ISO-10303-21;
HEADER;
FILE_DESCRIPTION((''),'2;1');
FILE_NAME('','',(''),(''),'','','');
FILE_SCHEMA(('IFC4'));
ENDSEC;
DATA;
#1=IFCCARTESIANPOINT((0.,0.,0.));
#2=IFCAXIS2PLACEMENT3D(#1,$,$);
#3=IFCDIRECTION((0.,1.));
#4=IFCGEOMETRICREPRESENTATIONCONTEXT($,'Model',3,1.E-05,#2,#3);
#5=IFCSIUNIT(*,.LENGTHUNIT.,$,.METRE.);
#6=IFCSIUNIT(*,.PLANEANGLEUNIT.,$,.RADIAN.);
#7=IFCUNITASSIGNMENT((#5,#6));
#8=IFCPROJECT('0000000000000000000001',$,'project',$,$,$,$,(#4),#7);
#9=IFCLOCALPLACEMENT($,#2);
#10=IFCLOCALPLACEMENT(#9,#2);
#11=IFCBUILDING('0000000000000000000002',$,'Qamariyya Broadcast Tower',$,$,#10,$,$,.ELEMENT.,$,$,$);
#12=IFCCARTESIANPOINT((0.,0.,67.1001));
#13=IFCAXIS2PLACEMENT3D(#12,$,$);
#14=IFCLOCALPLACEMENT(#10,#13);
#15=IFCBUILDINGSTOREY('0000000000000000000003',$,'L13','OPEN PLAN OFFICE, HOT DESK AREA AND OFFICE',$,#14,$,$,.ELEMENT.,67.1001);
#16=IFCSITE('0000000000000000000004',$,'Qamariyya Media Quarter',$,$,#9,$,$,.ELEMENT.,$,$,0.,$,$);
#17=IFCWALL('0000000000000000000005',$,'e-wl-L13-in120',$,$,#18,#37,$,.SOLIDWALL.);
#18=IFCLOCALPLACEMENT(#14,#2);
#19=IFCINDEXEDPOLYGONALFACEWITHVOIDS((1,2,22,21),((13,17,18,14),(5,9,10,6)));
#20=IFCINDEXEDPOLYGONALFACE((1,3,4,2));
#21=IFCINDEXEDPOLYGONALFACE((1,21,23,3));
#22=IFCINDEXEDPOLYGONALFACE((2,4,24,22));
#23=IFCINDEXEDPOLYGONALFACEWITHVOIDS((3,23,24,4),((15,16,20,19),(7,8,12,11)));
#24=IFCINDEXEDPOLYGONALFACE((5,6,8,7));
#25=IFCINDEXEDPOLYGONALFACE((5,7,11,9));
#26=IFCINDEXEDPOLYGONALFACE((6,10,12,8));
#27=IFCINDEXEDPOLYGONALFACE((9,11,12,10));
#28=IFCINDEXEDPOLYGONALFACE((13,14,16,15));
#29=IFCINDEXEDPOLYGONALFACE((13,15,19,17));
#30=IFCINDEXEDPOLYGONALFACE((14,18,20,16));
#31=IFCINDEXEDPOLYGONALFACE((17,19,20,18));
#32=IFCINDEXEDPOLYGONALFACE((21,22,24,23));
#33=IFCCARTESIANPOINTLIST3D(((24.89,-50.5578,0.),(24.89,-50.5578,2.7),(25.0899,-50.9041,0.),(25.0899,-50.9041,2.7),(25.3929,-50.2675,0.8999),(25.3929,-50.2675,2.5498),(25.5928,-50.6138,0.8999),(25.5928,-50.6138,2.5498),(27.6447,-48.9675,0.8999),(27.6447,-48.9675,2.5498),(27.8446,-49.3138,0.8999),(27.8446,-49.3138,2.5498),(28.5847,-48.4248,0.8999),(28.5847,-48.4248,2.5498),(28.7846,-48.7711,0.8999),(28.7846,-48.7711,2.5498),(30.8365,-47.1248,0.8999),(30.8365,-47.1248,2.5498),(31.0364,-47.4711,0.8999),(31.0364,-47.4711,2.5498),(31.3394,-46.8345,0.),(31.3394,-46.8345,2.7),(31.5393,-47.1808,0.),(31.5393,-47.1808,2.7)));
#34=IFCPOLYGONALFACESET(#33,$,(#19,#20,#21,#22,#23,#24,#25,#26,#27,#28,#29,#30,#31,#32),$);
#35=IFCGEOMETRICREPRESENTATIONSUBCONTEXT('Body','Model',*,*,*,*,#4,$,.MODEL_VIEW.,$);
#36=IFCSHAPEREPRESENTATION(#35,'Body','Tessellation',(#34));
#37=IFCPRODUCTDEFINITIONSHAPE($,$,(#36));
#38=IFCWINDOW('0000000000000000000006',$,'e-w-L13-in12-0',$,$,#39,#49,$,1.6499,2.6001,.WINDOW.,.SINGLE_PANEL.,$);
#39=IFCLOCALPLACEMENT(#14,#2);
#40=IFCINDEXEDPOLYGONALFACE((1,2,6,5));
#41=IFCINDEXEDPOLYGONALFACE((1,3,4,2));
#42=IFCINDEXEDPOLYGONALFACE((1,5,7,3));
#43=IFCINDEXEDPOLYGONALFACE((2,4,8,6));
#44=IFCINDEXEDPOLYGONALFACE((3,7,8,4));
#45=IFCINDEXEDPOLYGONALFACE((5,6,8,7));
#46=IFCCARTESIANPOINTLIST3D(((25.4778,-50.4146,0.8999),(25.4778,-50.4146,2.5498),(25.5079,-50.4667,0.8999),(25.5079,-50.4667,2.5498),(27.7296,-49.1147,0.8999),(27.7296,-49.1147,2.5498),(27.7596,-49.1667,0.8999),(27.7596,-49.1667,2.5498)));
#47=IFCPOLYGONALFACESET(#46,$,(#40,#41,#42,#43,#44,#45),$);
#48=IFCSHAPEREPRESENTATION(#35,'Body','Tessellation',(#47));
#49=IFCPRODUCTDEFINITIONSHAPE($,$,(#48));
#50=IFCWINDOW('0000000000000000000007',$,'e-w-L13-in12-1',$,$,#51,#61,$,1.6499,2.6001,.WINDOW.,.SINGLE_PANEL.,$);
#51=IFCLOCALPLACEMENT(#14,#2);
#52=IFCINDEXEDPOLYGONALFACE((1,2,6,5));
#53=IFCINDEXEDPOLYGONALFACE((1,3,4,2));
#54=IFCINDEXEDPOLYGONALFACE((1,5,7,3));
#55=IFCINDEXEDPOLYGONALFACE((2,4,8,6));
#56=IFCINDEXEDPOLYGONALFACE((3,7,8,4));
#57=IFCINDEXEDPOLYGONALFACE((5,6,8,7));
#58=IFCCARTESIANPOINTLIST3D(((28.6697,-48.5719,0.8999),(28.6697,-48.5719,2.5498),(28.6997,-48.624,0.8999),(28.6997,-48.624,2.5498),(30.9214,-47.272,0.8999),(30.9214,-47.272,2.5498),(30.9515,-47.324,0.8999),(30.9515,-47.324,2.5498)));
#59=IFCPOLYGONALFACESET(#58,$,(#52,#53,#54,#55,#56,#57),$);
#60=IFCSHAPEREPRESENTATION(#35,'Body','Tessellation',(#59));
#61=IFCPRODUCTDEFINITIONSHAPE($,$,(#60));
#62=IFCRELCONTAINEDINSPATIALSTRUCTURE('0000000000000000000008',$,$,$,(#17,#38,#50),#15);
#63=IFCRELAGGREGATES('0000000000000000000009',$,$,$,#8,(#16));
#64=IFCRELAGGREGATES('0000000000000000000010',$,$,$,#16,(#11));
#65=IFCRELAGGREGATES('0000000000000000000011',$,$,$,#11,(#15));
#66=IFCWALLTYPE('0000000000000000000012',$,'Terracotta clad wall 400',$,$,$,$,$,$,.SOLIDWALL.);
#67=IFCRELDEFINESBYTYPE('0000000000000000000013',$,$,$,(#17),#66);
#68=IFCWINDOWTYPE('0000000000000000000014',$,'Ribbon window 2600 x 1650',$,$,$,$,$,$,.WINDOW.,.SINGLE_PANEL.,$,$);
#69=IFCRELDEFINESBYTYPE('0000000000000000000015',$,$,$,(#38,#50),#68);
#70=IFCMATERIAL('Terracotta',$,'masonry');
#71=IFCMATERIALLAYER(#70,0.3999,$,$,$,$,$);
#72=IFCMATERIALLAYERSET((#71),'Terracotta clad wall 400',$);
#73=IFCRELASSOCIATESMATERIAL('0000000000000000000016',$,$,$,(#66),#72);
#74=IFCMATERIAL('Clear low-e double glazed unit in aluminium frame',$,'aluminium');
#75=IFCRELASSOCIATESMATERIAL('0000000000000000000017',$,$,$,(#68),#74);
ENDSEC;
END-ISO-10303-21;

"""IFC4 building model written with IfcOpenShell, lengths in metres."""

from ifc_helpers import new_model, si_unit, direction, frame, frame_2d, origin, place, context, subcontext, project, spatial, rectangle, extrude, material, layer, layer_set, type_object, element, fill, save


model = new_model("IFC4")

# Units and contexts
model_context = context("Model", 3, precision=1e-05, world=origin(), true_north=direction((0.0, 1.0)))
body_context = subcontext(model_context, "Body", "Model", "MODEL_VIEW")
ifc_project = project(units=[si_unit("LENGTHUNIT", "METRE"), si_unit("PLANEANGLEUNIT", "RADIAN")], contexts=[model_context])

# Site, building, storey
site_placement = place(None, origin())
building_placement = place(site_placement, origin())
storey_placement = place(building_placement, frame((0.0, 0.0, 67.1001)))
site = spatial("IfcSite", under=ifc_project, at=site_placement, Name="Qamariyya Media Quarter", CompositionType="ELEMENT", RefElevation=0.0)
building = spatial("IfcBuilding", under=site, at=building_placement, Name="Qamariyya Broadcast Tower", CompositionType="ELEMENT")
storey = spatial("IfcBuildingStorey", under=building, at=storey_placement, Name="L13", Description="OPEN PLAN OFFICE, HOT DESK AREA AND OFFICE", CompositionType="ELEMENT", Elevation=67.1001)

# Wall, openings, windows
ifc_material_1 = material(Name="Terracotta", Category="masonry")
ifc_layer = layer(ifc_material_1, 0.3999)
ifc_layer_set = layer_set([ifc_layer], Name="Terracotta clad wall 400")
wall_type = type_object("IfcWallType", Name="Terracotta clad wall 400", PredefinedType="SOLIDWALL", material=ifc_layer_set)
wall_placement = place(storey_placement, frame((31.4395, -47.0076, 0.0), z_axis=(0.0, 0.0, 1.0), x_axis=(-0.866038, -0.499979, 0.0)))
wall = element("IfcWall", 1, at=wall_placement, inside=storey, type_object=wall_type, Name="e-wl-L13-in120", PredefinedType="SOLIDWALL", context=body_context, shape_type="SweptSolid", body=[
    extrude(rectangle(XDim=7.447, YDim=0.3999, at=frame_2d((3.7236, 0.0))), origin(), (0.0, 0.0, 1.0), 2.7),
])
opening_1_placement = place(wall_placement, frame((4.2664, 0.0, 0.8999)))
opening_1 = element("IfcOpeningElement", 2, at=opening_1_placement, cuts=wall, PredefinedType="OPENING", context=body_context, shape_type="SweptSolid", body=[
    extrude(rectangle(XDim=2.6001, YDim=1.6499, at=frame_2d((1.3, 0.825))), frame((0.0, 0.21, 0.0), z_axis=(0.0, -1.0, 0.0), x_axis=(1.0, 0.0, 0.0)), (0.0, 0.0, 1.0), 0.4199),
])
opening_2_placement = place(wall_placement, frame((0.5808, 0.0, 0.8999)))
opening_2 = element("IfcOpeningElement", 3, at=opening_2_placement, cuts=wall, PredefinedType="OPENING", context=body_context, shape_type="SweptSolid", body=[
    extrude(rectangle(XDim=2.6001, YDim=1.6499, at=frame_2d((1.3, 0.825))), frame((0.0, 0.21, 0.0), z_axis=(0.0, -1.0, 0.0), x_axis=(1.0, 0.0, 0.0)), (0.0, 0.0, 1.0), 0.4199),
])
ifc_material_2 = material(Name="Clear low-e double glazed unit in aluminium frame", Category="aluminium")
window_type = type_object("IfcWindowType", Name="Ribbon window 2600 x 1650", PartitioningType="SINGLE_PANEL", PredefinedType="WINDOW", material=ifc_material_2)
window_1_placement = place(opening_1_placement, origin())
window_1 = element("IfcWindow", 4, at=window_1_placement, inside=storey, type_object=window_type, Name="e-w-L13-in12-0", OverallHeight=1.6499, OverallWidth=2.6001, PartitioningType="SINGLE_PANEL", PredefinedType="WINDOW", context=body_context, shape_type="SweptSolid", body=[
    extrude(rectangle(XDim=2.6001, YDim=1.6499, at=frame_2d((1.3, 0.825))), frame((0.0, 0.03, 0.0), z_axis=(0.0, -1.0, 0.0), x_axis=(1.0, 0.0, 0.0)), (0.0, 0.0, 1.0), 0.0601),
])
fill(opening_1, window_1)
window_2_placement = place(opening_2_placement, origin())
window_2 = element("IfcWindow", 5, at=window_2_placement, inside=storey, type_object=window_type, Name="e-w-L13-in12-1", OverallHeight=1.6499, OverallWidth=2.6001, PartitioningType="SINGLE_PANEL", PredefinedType="WINDOW", context=body_context, shape_type="SweptSolid", body=[
    extrude(rectangle(XDim=2.6001, YDim=1.6499, at=frame_2d((1.3, 0.825))), frame((0.0, 0.03, 0.0), z_axis=(0.0, -1.0, 0.0), x_axis=(1.0, 0.0, 0.0)), (0.0, 0.0, 1.0), 0.0601),
])
fill(opening_2, window_2)

save(model, "model.ifc")
